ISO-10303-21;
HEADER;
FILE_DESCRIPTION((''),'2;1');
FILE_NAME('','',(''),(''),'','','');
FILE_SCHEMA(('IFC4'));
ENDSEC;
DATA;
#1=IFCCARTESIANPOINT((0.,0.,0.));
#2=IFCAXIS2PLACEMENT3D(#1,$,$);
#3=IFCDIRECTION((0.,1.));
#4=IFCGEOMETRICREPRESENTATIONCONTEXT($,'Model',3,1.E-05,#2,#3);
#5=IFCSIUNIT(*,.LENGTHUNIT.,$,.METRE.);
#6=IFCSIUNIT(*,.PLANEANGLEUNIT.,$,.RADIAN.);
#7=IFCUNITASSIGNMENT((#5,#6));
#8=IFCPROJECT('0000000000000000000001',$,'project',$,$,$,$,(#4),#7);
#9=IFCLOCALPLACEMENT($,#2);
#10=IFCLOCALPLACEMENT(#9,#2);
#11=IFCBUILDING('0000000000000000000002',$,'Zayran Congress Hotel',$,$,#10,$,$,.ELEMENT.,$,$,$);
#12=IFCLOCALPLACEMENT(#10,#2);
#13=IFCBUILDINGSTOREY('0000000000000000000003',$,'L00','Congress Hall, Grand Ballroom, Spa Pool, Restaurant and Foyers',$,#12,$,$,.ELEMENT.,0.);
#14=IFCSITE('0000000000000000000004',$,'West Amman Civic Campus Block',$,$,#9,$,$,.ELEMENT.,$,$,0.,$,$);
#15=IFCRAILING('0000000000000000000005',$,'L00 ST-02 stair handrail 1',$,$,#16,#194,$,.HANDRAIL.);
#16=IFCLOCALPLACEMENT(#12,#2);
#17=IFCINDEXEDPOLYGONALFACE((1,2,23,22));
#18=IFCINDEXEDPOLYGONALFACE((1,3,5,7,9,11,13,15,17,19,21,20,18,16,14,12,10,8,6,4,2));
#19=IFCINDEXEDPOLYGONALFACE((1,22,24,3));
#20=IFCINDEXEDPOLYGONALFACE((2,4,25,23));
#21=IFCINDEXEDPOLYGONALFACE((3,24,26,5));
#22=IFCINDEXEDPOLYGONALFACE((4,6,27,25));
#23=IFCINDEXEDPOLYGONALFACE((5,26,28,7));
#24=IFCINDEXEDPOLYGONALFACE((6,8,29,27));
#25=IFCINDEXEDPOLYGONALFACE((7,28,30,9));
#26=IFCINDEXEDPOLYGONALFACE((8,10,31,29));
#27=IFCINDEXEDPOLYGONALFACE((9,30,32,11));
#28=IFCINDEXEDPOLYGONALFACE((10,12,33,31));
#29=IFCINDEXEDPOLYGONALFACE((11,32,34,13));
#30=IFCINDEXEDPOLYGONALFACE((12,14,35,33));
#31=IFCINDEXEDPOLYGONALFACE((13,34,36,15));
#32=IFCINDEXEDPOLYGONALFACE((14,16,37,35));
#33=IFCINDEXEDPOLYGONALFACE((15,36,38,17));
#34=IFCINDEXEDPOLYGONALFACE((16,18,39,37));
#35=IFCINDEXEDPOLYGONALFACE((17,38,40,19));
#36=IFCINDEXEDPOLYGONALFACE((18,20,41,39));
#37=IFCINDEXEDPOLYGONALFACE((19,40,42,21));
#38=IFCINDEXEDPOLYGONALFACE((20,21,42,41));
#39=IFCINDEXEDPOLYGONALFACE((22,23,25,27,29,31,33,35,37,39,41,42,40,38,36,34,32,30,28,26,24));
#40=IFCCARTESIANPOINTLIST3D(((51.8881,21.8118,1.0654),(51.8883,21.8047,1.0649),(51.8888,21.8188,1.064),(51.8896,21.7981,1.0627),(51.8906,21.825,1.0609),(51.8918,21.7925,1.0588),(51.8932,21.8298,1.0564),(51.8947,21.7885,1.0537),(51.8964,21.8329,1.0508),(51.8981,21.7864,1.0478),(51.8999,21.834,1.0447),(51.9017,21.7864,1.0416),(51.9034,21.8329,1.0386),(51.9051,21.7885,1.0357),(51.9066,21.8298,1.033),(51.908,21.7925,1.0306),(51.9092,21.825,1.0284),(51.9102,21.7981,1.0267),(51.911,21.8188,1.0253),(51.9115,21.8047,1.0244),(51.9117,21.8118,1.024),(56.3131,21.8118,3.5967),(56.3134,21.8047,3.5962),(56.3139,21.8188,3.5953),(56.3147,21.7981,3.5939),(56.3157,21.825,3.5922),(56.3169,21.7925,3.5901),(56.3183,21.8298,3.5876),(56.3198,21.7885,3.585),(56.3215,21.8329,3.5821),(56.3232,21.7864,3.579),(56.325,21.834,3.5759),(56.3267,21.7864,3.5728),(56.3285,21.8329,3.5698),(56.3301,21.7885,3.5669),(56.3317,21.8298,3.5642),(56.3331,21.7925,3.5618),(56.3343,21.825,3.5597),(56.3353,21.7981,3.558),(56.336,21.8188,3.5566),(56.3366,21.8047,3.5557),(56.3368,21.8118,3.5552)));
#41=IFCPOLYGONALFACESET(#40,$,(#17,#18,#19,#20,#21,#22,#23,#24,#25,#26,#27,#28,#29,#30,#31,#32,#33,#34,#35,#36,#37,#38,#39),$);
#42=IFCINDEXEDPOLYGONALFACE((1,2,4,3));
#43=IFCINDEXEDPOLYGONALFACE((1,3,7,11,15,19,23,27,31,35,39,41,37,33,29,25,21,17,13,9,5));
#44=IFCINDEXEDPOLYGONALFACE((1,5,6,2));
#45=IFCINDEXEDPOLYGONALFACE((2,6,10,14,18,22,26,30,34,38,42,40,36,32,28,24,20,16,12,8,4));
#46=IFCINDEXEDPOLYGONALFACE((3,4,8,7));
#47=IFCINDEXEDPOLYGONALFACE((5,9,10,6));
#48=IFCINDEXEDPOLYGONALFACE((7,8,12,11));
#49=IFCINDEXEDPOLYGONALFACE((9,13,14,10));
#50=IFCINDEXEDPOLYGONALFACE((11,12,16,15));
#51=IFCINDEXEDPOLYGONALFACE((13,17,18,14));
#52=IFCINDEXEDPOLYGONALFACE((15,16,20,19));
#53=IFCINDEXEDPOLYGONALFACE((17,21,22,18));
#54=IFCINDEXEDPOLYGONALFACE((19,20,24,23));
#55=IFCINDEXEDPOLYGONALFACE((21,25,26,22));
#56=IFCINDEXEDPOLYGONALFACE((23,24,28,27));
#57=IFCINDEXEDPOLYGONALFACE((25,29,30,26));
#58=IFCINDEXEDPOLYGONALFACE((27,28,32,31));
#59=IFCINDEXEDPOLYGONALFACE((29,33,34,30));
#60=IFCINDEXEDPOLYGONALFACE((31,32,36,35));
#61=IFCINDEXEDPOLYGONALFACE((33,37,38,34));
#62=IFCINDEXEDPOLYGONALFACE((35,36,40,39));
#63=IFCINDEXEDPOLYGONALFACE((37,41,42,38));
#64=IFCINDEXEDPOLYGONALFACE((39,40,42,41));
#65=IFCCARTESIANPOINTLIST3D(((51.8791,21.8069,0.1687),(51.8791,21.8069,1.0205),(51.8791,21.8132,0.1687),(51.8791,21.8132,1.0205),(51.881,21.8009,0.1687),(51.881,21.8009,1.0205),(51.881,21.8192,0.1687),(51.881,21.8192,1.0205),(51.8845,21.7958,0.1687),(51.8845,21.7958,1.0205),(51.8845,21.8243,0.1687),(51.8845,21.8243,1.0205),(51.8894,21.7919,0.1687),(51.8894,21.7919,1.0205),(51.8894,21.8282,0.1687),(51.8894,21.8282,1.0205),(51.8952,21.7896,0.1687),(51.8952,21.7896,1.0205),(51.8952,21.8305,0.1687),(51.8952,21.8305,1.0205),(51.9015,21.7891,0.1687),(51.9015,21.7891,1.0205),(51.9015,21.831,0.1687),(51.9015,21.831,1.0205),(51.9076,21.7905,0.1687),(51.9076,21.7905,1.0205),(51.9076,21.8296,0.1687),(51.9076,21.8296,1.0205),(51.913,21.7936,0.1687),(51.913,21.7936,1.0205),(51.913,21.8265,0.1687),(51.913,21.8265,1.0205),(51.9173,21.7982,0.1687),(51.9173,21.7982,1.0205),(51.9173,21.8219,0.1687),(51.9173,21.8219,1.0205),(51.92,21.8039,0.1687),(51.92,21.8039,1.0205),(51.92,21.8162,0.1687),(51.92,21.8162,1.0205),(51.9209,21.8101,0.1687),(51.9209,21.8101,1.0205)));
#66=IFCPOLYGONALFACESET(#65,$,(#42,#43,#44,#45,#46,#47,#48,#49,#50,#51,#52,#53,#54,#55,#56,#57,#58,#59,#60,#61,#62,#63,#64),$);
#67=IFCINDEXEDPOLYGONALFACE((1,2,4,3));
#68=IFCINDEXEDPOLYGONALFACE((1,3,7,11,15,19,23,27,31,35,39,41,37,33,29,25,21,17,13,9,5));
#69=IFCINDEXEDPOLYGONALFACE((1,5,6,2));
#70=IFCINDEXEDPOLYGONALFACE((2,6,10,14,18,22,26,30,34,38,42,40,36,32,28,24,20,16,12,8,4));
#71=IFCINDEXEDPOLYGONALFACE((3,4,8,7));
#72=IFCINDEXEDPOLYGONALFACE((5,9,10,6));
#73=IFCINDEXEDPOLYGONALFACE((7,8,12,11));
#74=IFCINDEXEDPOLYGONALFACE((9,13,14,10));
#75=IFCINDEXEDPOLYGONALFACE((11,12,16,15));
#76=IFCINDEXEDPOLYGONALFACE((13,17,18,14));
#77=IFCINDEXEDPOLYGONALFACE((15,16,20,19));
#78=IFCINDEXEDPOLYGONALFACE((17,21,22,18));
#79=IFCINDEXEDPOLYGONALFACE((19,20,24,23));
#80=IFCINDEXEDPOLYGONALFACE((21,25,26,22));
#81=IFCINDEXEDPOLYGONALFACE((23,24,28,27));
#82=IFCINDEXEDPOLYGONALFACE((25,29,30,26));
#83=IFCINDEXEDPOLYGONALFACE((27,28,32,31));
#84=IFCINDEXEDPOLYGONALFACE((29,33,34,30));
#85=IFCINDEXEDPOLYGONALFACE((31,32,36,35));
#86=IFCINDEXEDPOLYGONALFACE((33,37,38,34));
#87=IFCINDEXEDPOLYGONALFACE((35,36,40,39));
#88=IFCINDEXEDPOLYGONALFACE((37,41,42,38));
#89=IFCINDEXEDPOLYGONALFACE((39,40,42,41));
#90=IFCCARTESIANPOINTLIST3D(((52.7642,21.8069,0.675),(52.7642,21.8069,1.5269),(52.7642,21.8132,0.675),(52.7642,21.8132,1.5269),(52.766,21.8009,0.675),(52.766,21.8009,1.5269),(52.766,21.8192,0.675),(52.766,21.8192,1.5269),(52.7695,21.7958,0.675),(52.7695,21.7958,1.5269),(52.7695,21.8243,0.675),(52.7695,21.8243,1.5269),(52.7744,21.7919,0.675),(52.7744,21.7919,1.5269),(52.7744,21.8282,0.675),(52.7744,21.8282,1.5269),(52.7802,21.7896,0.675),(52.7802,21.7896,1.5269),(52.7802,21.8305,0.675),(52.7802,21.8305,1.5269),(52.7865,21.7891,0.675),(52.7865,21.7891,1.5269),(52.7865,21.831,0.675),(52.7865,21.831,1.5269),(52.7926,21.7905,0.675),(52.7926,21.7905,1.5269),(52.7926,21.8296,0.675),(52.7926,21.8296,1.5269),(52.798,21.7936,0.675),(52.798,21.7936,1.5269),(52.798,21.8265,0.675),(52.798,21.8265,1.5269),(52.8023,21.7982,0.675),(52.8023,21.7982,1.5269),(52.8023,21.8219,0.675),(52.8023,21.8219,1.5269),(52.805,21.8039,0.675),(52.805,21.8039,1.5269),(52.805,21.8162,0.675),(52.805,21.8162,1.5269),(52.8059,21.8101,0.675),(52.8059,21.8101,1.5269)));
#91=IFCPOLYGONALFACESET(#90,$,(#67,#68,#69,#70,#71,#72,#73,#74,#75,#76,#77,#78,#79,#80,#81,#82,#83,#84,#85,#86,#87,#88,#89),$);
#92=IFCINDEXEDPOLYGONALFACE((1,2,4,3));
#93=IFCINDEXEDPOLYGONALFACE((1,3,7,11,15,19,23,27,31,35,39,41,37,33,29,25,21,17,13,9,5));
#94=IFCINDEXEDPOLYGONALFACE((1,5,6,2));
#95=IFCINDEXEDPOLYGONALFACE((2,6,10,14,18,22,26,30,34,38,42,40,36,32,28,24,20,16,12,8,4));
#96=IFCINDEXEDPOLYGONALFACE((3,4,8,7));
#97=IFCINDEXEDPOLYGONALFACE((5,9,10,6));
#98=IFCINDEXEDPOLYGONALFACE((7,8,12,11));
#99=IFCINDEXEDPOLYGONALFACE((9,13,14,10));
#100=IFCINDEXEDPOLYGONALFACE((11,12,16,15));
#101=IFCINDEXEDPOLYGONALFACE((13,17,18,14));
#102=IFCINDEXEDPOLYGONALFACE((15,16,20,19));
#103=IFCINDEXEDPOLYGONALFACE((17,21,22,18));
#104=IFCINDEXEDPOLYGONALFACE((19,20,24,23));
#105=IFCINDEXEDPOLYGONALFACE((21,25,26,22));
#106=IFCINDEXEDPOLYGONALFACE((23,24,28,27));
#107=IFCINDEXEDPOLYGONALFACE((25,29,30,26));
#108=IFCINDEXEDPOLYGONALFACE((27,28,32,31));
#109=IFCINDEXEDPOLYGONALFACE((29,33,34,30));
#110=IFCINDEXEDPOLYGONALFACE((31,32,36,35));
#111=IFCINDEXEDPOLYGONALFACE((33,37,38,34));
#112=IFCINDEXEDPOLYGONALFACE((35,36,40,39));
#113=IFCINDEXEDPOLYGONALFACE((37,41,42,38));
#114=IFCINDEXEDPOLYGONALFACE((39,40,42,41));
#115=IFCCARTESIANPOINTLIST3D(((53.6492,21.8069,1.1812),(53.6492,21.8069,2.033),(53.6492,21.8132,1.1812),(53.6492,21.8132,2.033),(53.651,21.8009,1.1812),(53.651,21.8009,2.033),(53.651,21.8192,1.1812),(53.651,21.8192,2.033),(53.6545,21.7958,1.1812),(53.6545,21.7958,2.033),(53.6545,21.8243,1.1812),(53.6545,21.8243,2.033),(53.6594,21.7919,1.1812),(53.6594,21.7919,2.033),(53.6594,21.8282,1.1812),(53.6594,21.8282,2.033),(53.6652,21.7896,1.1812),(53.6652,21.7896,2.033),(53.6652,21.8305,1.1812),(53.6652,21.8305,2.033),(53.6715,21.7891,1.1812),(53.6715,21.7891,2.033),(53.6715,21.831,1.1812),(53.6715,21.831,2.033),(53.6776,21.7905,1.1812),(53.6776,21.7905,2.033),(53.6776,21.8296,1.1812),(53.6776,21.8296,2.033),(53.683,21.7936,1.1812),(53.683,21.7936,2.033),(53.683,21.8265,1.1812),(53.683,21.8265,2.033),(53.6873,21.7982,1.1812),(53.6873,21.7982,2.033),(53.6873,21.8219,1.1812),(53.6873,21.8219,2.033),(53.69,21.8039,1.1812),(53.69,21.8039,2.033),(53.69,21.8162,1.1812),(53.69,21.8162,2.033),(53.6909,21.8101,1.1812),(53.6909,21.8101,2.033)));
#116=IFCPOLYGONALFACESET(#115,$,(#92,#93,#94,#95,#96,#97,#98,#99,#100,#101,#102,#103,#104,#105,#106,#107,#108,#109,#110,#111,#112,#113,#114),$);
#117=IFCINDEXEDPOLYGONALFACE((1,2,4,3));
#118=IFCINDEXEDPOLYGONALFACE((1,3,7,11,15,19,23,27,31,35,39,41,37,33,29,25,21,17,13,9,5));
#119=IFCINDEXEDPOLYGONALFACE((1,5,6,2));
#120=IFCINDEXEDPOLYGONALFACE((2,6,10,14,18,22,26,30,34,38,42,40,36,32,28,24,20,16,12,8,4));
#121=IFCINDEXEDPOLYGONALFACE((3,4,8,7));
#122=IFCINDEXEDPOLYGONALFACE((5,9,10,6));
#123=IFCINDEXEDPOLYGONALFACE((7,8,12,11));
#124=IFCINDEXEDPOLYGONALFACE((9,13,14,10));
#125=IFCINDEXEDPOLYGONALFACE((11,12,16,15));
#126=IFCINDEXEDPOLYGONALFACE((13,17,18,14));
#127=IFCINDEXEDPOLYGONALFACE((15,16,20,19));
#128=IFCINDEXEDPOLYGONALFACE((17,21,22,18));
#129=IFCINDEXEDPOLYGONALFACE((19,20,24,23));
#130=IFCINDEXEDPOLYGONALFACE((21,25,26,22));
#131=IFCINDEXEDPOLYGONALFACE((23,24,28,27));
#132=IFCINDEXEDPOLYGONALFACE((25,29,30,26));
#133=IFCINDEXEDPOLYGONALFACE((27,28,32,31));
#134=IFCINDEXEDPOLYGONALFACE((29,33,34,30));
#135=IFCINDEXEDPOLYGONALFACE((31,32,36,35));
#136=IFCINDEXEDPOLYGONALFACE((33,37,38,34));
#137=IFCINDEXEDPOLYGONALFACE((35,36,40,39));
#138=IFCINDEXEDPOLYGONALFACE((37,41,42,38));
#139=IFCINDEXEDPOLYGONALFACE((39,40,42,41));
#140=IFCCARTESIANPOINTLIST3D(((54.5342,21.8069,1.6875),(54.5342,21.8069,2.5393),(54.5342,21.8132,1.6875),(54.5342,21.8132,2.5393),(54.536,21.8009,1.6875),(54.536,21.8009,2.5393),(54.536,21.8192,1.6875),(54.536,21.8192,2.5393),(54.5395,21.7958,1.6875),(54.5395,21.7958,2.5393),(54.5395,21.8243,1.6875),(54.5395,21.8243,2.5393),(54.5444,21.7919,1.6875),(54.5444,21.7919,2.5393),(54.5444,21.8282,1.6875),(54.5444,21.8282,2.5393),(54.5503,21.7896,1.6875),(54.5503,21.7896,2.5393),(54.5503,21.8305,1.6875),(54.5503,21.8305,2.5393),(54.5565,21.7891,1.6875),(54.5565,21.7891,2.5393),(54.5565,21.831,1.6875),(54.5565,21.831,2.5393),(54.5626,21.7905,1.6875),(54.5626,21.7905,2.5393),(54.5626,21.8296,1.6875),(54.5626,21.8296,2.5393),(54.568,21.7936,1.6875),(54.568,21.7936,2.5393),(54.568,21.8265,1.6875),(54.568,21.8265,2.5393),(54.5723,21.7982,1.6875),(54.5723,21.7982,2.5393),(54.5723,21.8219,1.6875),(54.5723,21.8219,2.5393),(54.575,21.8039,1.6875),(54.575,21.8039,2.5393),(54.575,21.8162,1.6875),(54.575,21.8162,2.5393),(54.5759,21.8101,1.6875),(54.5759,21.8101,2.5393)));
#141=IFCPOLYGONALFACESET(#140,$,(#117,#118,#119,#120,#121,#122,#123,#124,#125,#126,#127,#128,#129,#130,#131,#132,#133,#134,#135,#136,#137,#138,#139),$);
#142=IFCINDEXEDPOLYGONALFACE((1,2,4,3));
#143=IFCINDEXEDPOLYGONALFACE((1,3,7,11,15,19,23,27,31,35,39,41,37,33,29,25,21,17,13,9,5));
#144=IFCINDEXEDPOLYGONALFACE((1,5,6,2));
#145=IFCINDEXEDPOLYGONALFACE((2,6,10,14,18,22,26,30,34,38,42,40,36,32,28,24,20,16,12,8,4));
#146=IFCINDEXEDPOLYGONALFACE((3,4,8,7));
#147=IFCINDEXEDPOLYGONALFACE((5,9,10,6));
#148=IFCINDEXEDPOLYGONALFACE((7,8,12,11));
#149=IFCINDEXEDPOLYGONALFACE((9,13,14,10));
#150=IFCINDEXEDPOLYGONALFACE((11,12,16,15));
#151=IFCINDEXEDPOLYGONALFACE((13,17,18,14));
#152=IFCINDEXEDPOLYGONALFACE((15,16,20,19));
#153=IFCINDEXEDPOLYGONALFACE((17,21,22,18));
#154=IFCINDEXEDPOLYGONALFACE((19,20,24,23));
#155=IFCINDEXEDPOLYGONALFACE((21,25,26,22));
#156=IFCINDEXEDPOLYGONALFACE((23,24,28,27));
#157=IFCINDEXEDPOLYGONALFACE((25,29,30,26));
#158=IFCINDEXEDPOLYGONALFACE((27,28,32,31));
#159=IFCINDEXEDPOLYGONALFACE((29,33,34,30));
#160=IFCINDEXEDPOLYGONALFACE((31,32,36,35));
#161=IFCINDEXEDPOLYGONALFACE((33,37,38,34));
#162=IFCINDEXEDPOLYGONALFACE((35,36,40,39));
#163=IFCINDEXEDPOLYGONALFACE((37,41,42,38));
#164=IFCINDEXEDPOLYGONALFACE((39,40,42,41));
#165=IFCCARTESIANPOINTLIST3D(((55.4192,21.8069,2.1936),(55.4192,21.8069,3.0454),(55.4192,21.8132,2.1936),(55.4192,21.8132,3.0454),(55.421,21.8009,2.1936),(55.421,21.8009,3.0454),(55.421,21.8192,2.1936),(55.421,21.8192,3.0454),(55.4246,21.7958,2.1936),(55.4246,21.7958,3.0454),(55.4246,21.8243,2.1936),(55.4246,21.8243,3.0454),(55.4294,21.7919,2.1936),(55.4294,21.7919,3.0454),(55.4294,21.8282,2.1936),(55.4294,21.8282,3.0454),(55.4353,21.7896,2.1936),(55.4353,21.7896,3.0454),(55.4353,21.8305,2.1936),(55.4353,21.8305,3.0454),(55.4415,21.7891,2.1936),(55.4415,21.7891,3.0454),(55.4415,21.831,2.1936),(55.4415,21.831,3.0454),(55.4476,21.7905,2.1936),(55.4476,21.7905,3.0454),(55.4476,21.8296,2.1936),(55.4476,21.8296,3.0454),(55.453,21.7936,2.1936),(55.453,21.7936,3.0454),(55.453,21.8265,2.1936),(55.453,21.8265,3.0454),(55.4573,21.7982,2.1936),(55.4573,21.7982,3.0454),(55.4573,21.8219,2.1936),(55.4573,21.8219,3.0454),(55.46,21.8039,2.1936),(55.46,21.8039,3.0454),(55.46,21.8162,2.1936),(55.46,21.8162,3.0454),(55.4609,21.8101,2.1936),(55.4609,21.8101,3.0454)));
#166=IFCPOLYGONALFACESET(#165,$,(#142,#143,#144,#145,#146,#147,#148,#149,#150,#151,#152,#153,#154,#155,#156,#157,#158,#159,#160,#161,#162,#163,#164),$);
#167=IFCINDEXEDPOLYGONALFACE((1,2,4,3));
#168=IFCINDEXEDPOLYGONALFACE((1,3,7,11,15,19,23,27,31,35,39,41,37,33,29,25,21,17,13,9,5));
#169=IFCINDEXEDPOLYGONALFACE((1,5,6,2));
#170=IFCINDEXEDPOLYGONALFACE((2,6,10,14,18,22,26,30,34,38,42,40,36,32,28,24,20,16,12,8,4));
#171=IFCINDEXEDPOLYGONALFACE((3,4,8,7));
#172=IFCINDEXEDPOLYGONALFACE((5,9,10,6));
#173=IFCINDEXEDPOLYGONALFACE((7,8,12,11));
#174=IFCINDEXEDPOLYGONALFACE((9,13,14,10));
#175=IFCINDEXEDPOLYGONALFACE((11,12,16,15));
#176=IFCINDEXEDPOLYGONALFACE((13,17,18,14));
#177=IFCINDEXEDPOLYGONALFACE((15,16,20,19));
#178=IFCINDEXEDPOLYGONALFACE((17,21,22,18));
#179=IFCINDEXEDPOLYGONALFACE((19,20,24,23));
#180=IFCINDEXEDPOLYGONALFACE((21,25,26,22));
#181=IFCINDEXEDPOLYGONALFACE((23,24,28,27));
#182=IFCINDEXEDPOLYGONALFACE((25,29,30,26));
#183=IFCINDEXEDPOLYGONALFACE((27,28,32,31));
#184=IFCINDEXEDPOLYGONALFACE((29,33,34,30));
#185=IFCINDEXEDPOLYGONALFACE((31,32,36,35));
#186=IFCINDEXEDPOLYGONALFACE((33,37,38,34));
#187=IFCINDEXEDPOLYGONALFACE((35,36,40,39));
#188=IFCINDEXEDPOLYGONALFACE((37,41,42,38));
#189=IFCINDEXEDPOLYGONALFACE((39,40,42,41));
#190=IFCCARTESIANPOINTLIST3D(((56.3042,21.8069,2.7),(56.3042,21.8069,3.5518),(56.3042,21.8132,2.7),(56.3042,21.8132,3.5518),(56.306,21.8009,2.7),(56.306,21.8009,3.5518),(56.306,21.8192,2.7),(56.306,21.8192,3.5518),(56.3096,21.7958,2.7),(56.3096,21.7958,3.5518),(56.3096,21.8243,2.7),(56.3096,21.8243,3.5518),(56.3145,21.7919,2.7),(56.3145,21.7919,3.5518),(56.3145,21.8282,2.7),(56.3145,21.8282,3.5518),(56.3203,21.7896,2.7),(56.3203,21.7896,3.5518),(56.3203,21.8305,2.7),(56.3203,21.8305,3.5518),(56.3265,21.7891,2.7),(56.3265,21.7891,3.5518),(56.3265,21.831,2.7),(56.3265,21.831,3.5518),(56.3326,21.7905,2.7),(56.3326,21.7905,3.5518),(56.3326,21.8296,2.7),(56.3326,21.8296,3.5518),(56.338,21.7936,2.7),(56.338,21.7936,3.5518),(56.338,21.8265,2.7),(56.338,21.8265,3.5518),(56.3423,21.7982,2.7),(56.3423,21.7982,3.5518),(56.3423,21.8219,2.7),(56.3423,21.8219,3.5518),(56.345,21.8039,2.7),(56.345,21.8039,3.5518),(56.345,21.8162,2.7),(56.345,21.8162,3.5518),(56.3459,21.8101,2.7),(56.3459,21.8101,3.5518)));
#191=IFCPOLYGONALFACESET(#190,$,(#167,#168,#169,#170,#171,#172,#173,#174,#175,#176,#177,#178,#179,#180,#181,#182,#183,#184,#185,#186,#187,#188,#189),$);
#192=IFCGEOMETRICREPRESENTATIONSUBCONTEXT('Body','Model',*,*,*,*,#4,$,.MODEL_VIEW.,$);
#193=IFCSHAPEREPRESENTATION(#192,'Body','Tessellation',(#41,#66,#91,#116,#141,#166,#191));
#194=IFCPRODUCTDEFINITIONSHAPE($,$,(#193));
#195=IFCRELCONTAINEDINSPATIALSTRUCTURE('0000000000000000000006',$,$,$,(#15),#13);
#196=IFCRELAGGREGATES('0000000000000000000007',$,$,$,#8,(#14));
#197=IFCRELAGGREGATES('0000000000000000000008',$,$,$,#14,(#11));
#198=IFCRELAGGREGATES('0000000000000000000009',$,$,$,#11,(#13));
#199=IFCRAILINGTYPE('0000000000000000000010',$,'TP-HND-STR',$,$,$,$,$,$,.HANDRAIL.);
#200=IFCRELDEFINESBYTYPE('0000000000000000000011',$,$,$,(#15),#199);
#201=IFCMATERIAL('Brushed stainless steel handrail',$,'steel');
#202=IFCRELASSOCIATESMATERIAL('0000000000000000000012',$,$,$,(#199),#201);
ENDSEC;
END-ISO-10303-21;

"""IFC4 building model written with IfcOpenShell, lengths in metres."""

from ifc_helpers import new_model, si_unit, direction, frame, origin, origin_2d, place, context, subcontext, project, spatial, circle, extrude, material, type_object, element, save


model = new_model("IFC4")

# Units and contexts
model_context = context("Model", 3, precision=1e-05, world=origin(), true_north=direction((0.0, 1.0)))
body_context = subcontext(model_context, "Body", "Model", "MODEL_VIEW")
ifc_project = project(units=[si_unit("LENGTHUNIT", "METRE"), si_unit("PLANEANGLEUNIT", "RADIAN")], contexts=[model_context])

# Site, building, storey
site_placement = place(None, origin())
site = spatial("IfcSite", under=ifc_project, at=site_placement, Name="West Amman Civic Campus Block", CompositionType="ELEMENT", RefElevation=0.0)
building_placement = place(site_placement, origin())
building = spatial("IfcBuilding", under=site, at=building_placement, Name="Zayran Congress Hotel", CompositionType="ELEMENT")
storey_placement = place(building_placement, origin())
storey = spatial("IfcBuildingStorey", under=building, at=storey_placement, Name="L00", Description="Congress Hall, Grand Ballroom, Spa Pool, Restaurant and Foyers", CompositionType="ELEMENT", Elevation=0.0)

# Railing
ifc_material_1 = material(Name="Brushed stainless steel handrail", Category="steel")
railing_type_1 = type_object("IfcRailingType", Name="TP-HND-STR", PredefinedType="HANDRAIL", material=ifc_material_1)
railing_1_placement = place(storey_placement, frame((51.8999, 21.8101, 0.1687)))
element("IfcRailing", 1, at=railing_1_placement, inside=storey, type_object=railing_type_1, Name="L00 ST-02 stair handrail 1", PredefinedType="HANDRAIL", context=body_context, shape_type="SweptSolid", body=[
    extrude(circle(Radius=0.0239, at=origin_2d()), frame((0.0, 0.0, 0.876), z_axis=(0.868019, 0.0, 0.496531), x_axis=(0.0, 1.0, 0.0)), (0.0, 0.0, 1.0), 5.0979),
    extrude(circle(Radius=0.021, at=origin_2d()), origin(), (0.0, 0.0, 1.0), 0.8518),
    extrude(circle(Radius=0.021, at=origin_2d()), frame((0.885, 0.0, 0.5063)), (0.0, 0.0, 1.0), 0.8518),
    extrude(circle(Radius=0.021, at=origin_2d()), frame((1.77, 0.0, 1.0125)), (0.0, 0.0, 1.0), 0.8518),
    extrude(circle(Radius=0.021, at=origin_2d()), frame((2.655, 0.0, 1.5188)), (0.0, 0.0, 1.0), 0.8518),
    extrude(circle(Radius=0.021, at=origin_2d()), frame((3.54, 0.0, 2.0249)), (0.0, 0.0, 1.0), 0.8518),
    extrude(circle(Radius=0.021, at=origin_2d()), frame((4.425, 0.0, 2.5312)), (0.0, 0.0, 1.0), 0.8518),
])

save(model, "model.ifc")
